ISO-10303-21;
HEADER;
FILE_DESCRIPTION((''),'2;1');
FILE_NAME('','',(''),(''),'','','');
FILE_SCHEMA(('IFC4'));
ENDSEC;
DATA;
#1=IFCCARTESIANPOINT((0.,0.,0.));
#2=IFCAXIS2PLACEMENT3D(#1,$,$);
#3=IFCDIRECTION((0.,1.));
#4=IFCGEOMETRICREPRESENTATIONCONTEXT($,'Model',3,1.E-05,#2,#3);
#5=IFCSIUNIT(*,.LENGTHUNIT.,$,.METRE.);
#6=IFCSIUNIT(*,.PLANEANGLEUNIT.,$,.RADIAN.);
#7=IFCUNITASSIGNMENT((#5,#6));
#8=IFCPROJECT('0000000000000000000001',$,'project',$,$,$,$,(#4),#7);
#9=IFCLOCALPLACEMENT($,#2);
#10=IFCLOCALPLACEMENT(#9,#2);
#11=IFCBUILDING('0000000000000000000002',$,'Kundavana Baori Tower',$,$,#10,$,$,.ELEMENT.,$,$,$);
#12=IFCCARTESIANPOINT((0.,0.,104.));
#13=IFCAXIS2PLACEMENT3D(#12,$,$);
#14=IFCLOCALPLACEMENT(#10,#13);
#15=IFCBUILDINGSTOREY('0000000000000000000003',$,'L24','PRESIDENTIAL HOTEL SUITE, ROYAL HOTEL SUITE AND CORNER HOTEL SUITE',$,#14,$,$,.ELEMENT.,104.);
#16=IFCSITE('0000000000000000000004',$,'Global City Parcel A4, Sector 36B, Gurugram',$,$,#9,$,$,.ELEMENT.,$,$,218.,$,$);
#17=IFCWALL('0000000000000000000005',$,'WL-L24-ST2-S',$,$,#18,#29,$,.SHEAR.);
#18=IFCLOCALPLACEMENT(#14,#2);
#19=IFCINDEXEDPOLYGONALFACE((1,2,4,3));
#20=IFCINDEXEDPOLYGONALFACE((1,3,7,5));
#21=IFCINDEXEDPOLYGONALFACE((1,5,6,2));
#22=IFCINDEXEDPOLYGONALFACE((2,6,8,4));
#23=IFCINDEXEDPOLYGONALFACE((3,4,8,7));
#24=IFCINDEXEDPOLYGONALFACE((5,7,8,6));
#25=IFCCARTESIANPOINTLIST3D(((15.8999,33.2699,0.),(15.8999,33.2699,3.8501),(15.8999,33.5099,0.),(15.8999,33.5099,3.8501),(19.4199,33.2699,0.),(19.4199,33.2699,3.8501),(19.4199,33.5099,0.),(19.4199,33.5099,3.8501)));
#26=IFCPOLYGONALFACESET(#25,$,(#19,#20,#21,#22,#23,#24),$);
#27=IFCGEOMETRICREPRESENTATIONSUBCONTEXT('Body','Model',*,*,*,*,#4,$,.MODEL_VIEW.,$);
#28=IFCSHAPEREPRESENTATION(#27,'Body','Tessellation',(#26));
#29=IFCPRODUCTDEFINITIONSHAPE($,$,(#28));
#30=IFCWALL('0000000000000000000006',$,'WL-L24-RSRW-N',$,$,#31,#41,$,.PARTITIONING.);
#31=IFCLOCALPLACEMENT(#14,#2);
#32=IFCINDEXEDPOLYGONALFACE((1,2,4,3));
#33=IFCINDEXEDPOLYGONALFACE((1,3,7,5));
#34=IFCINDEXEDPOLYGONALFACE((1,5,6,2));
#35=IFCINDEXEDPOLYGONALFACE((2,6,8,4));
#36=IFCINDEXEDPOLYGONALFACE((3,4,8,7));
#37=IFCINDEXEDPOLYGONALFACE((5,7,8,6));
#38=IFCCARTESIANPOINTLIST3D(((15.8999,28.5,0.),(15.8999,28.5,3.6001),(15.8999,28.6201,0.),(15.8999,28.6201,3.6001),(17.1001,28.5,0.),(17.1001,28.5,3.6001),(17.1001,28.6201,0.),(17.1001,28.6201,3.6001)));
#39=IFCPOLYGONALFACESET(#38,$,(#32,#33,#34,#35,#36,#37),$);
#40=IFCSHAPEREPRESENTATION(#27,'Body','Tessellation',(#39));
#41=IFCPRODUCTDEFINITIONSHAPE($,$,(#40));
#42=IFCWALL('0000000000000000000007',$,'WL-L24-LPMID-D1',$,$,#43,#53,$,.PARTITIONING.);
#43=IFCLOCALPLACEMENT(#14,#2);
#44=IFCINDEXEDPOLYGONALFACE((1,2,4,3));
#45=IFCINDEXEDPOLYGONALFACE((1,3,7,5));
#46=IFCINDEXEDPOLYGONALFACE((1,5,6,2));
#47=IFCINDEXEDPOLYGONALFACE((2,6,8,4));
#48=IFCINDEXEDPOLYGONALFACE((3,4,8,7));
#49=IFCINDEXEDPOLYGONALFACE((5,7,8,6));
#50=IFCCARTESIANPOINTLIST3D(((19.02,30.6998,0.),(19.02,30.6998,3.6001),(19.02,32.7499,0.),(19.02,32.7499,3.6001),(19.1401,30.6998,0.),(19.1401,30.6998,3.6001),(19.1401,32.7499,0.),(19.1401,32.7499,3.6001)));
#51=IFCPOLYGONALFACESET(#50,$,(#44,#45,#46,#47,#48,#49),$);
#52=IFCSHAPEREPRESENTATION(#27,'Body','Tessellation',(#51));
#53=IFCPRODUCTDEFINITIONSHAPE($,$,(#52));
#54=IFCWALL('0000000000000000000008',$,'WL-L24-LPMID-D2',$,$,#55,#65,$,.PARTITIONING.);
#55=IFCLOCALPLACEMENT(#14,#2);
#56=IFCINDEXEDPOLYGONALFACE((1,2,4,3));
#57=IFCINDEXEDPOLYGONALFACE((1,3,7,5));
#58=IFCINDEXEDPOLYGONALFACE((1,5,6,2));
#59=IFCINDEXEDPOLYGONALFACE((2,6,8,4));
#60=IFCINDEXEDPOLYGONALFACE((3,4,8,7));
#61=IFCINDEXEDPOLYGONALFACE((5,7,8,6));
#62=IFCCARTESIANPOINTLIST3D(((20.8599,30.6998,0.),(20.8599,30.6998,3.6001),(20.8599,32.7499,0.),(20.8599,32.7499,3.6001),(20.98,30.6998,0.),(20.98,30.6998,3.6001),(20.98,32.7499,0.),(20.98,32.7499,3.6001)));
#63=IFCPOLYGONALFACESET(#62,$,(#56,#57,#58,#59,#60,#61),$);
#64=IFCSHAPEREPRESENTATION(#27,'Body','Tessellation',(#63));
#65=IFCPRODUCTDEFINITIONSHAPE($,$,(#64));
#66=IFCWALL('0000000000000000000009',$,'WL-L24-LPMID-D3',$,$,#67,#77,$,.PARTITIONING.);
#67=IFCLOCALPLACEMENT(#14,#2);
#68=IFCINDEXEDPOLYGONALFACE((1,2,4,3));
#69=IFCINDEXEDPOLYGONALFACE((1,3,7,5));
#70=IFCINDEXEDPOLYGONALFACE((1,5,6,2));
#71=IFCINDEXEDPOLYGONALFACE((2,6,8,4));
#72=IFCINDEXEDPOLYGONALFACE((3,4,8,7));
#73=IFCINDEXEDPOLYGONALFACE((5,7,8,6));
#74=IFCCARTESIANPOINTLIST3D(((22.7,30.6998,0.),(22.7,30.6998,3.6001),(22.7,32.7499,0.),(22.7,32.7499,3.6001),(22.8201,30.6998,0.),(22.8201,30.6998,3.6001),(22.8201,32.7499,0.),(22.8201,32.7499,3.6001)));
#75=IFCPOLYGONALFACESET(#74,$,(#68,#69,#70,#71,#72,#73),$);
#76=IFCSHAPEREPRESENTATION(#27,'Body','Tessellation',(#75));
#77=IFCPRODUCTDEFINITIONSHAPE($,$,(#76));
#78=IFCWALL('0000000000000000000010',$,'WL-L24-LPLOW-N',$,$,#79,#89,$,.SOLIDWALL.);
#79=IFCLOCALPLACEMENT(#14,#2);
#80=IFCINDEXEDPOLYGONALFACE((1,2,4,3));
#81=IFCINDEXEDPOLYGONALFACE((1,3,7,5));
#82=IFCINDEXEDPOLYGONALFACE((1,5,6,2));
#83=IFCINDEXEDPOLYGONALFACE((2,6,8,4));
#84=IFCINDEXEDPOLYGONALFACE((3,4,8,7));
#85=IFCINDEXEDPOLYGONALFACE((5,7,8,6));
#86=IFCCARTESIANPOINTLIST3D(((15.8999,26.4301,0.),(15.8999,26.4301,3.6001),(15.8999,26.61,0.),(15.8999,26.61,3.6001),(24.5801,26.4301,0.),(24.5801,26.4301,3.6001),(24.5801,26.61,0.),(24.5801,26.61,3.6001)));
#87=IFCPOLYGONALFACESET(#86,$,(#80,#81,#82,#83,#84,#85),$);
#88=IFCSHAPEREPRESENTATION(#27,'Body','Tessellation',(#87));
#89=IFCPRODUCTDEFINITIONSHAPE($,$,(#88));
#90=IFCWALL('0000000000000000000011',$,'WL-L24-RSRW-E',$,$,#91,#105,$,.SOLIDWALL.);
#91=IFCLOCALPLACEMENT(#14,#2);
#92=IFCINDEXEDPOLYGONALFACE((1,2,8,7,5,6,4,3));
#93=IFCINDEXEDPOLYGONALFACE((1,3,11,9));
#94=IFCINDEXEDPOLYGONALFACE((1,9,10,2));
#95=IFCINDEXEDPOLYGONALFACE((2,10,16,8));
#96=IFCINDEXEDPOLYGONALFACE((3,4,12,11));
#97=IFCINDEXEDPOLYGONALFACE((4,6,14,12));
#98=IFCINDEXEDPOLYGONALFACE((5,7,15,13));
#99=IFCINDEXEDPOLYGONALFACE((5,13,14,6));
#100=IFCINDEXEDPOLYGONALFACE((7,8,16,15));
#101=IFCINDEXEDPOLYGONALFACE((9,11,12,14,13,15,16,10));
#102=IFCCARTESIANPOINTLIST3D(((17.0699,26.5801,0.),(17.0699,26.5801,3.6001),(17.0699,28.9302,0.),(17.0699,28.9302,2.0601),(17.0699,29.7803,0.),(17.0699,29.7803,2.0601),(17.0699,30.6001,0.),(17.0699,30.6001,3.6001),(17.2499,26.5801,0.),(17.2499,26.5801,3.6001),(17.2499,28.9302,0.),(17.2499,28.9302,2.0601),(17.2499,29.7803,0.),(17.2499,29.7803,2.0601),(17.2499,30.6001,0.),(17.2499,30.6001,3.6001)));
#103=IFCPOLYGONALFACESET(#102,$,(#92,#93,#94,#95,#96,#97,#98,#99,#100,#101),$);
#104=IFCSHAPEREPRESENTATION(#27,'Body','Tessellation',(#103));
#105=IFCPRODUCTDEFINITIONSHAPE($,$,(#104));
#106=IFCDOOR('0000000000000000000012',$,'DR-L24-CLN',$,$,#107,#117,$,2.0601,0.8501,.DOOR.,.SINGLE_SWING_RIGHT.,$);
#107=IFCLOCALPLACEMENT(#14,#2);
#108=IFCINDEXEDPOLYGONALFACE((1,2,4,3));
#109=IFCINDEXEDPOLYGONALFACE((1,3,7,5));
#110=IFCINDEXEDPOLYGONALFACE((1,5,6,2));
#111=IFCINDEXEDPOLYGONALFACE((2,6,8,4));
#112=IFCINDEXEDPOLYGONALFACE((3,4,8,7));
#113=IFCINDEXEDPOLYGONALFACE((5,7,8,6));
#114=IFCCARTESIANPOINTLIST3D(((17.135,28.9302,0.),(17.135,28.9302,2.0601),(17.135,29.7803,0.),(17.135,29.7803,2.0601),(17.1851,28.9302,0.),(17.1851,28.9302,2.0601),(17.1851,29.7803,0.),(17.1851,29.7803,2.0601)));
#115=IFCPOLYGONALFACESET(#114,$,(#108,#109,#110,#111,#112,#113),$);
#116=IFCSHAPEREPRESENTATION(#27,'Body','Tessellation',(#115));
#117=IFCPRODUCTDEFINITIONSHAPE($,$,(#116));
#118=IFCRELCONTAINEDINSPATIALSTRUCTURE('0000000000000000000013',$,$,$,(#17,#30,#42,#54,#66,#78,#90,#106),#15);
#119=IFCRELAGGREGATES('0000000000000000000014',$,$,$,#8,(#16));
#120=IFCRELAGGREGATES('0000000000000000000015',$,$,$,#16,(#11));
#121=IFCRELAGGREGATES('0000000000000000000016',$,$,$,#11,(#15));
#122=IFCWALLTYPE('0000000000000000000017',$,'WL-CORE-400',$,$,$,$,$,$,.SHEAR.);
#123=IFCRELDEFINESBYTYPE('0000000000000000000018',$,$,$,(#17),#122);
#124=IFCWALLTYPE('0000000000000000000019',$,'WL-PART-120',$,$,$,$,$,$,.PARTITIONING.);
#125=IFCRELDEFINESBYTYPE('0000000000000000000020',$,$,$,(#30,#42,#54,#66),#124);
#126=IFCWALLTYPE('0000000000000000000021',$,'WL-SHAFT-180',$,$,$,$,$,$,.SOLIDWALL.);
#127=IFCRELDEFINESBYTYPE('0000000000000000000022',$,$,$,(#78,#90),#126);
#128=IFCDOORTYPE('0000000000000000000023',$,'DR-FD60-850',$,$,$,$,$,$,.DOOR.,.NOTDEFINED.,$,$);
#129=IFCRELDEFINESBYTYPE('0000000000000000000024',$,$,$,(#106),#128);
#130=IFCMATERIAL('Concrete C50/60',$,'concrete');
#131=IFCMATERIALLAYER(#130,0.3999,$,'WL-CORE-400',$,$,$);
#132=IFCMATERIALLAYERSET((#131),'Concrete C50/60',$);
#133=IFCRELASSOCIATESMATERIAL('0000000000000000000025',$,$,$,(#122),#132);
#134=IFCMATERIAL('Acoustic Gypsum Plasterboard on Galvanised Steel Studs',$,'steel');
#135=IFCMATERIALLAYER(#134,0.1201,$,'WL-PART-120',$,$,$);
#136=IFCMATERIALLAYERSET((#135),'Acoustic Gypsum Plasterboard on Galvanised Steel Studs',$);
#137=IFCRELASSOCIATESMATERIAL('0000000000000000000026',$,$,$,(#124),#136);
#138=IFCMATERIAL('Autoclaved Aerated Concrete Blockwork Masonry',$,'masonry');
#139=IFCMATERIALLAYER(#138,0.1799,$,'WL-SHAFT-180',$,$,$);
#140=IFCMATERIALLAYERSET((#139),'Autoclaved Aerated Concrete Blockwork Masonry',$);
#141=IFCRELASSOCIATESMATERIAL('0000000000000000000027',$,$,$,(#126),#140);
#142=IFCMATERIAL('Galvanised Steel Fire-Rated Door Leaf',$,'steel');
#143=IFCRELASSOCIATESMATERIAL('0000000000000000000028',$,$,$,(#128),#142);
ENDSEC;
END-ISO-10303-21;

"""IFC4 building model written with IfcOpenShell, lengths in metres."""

from ifc_helpers import new_model, si_unit, direction, frame, frame_2d, origin, place, context, subcontext, project, spatial, rectangle, extrude, material, layer, layer_set, type_object, element, fill, save


model = new_model("IFC4")

# Units and contexts
model_context = context("Model", 3, precision=1e-05, world=origin(), true_north=direction((0.0, 1.0)))
body_context = subcontext(model_context, "Body", "Model", "MODEL_VIEW")
ifc_project = project(units=[si_unit("LENGTHUNIT", "METRE"), si_unit("PLANEANGLEUNIT", "RADIAN")], contexts=[model_context])

# Site, building, storey
site_placement = place(None, origin())
site = spatial("IfcSite", under=ifc_project, at=site_placement, Name="Global City Parcel A4, Sector 36B, Gurugram", CompositionType="ELEMENT", RefElevation=218.0)
building_placement = place(site_placement, origin())
building = spatial("IfcBuilding", under=site, at=building_placement, Name="Kundavana Baori Tower", CompositionType="ELEMENT")
storey_placement = place(building_placement, frame((0.0, 0.0, 104.0)))
storey = spatial("IfcBuildingStorey", under=building, at=storey_placement, Name="L24", Description="PRESIDENTIAL HOTEL SUITE, ROYAL HOTEL SUITE AND CORNER HOTEL SUITE", CompositionType="ELEMENT", Elevation=104.0)

# Shared definitions
ifc_material_1 = material(Name="Concrete C50/60", Category="concrete")
ifc_layer_1 = layer(ifc_material_1, 0.3999, Name="WL-CORE-400")
ifc_layer_set_1 = layer_set([ifc_layer_1], Name="Concrete C50/60")
wall_type_1 = type_object("IfcWallType", Name="WL-CORE-400", PredefinedType="SHEAR", material=ifc_layer_set_1)

# Walls
wall_1_placement = place(storey_placement, frame((15.8999, 33.3899, 0.0), z_axis=(0.0, 0.0, 1.0), x_axis=(1.0, 0.0, 0.0)))
element("IfcWall", 1, at=wall_1_placement, inside=storey, type_object=wall_type_1, Name="WL-L24-ST2-S", PredefinedType="SHEAR", context=body_context, shape_type="SweptSolid", body=[
    extrude(rectangle(XDim=3.52, YDim=0.24, at=frame_2d((1.76, 0.0))), origin(), (0.0, 0.0, 1.0), 3.8501),
])
ifc_material_2 = material(Name="Acoustic Gypsum Plasterboard on Galvanised Steel Studs", Category="steel")
ifc_layer_2 = layer(ifc_material_2, 0.1201, Name="WL-PART-120")
ifc_layer_set_2 = layer_set([ifc_layer_2], Name="Acoustic Gypsum Plasterboard on Galvanised Steel Studs")
wall_type_2 = type_object("IfcWallType", Name="WL-PART-120", PredefinedType="PARTITIONING", material=ifc_layer_set_2)
wall_2_placement = place(storey_placement, frame((15.8999, 28.5601, 0.0), z_axis=(0.0, 0.0, 1.0), x_axis=(1.0, 0.0, 0.0)))
element("IfcWall", 2, at=wall_2_placement, inside=storey, type_object=wall_type_2, Name="WL-L24-RSRW-N", PredefinedType="PARTITIONING", context=body_context, shape_type="SweptSolid", body=[
    extrude(rectangle(XDim=1.2002, YDim=0.1201, at=frame_2d((0.6001, 0.0))), origin(), (0.0, 0.0, 1.0), 3.6001),
])
for number, where, z_axis, x_axis, name in (
    (3, (19.0801, 30.7, 0.0), (0.0, 0.0, 1.0), (0.0, 1.0, 0.0), "WL-L24-LPMID-D1"),
    (4, (20.9199, 30.7, 0.0), (0.0, 0.0, 1.0), (0.0, 1.0, 0.0), "WL-L24-LPMID-D2"),
    (5, (22.76, 30.7, 0.0), (0.0, 0.0, 1.0), (0.0, 1.0, 0.0), "WL-L24-LPMID-D3"),
):
    element("IfcWall", number, at=place(storey_placement, frame(where, z_axis=z_axis, x_axis=x_axis)), inside=storey, type_object=wall_type_2, Name=name, PredefinedType="PARTITIONING", context=body_context, shape_type="SweptSolid", body=[
        extrude(rectangle(XDim=2.05, YDim=0.1201, at=frame_2d((1.0249, 0.0))), origin(), (0.0, 0.0, 1.0), 3.6001),
    ])
ifc_material_3 = material(Name="Autoclaved Aerated Concrete Blockwork Masonry", Category="masonry")
ifc_layer_3 = layer(ifc_material_3, 0.1799, Name="WL-SHAFT-180")
ifc_layer_set_3 = layer_set([ifc_layer_3], Name="Autoclaved Aerated Concrete Blockwork Masonry")
wall_type_3 = type_object("IfcWallType", Name="WL-SHAFT-180", PredefinedType="SOLIDWALL", material=ifc_layer_set_3)
wall_3_placement = place(storey_placement, frame((15.8999, 26.52, 0.0), z_axis=(0.0, 0.0, 1.0), x_axis=(1.0, 0.0, 0.0)))
element("IfcWall", 6, at=wall_3_placement, inside=storey, type_object=wall_type_3, Name="WL-L24-LPLOW-N", PredefinedType="SOLIDWALL", context=body_context, shape_type="SweptSolid", body=[
    extrude(rectangle(XDim=8.6802, YDim=0.1799, at=frame_2d((4.3401, 0.0))), origin(), (0.0, 0.0, 1.0), 3.6001),
])

# Wall, opening, door
wall_4_placement = place(storey_placement, frame((17.1599, 26.5801, 0.0), z_axis=(0.0, 0.0, 1.0), x_axis=(0.0, 1.0, 0.0)))
wall_4 = element("IfcWall", 7, at=wall_4_placement, inside=storey, type_object=wall_type_3, Name="WL-L24-RSRW-E", PredefinedType="SOLIDWALL", context=body_context, shape_type="SweptSolid", body=[
    extrude(rectangle(XDim=4.02, YDim=0.1799, at=frame_2d((2.01, 0.0))), origin(), (0.0, 0.0, 1.0), 3.6001),
])
opening_1_placement = place(wall_4_placement, frame((2.3501, 0.0, 0.0)))
opening_1 = element("IfcOpeningElement", 8, at=opening_1_placement, cuts=wall_4, PredefinedType="OPENING", context=body_context, shape_type="SweptSolid", body=[
    extrude(rectangle(XDim=0.8501, YDim=2.0601, at=frame_2d((0.425, 1.03))), frame((0.0, 0.1001, 0.0), z_axis=(0.0, -1.0, 0.0), x_axis=(1.0, 0.0, 0.0)), (0.0, 0.0, 1.0), 0.2),
])
ifc_material_4 = material(Name="Galvanised Steel Fire-Rated Door Leaf", Category="steel")
door_type_1 = type_object("IfcDoorType", Name="DR-FD60-850", OperationType="NOTDEFINED", PredefinedType="DOOR", material=ifc_material_4)
door_1_placement = place(opening_1_placement, origin())
door_1 = element("IfcDoor", 9, at=door_1_placement, inside=storey, type_object=door_type_1, Name="DR-L24-CLN", OperationType="SINGLE_SWING_RIGHT", OverallHeight=2.0601, OverallWidth=0.8501, PredefinedType="DOOR", context=body_context, shape_type="SweptSolid", body=[
    extrude(rectangle(XDim=0.8501, YDim=2.0601, at=frame_2d((0.425, 1.03))), frame((0.0, 0.0249, 0.0), z_axis=(0.0, -1.0, 0.0), x_axis=(1.0, 0.0, 0.0)), (0.0, 0.0, 1.0), 0.05),
])
fill(opening_1, door_1)

save(model, "model.ifc")
